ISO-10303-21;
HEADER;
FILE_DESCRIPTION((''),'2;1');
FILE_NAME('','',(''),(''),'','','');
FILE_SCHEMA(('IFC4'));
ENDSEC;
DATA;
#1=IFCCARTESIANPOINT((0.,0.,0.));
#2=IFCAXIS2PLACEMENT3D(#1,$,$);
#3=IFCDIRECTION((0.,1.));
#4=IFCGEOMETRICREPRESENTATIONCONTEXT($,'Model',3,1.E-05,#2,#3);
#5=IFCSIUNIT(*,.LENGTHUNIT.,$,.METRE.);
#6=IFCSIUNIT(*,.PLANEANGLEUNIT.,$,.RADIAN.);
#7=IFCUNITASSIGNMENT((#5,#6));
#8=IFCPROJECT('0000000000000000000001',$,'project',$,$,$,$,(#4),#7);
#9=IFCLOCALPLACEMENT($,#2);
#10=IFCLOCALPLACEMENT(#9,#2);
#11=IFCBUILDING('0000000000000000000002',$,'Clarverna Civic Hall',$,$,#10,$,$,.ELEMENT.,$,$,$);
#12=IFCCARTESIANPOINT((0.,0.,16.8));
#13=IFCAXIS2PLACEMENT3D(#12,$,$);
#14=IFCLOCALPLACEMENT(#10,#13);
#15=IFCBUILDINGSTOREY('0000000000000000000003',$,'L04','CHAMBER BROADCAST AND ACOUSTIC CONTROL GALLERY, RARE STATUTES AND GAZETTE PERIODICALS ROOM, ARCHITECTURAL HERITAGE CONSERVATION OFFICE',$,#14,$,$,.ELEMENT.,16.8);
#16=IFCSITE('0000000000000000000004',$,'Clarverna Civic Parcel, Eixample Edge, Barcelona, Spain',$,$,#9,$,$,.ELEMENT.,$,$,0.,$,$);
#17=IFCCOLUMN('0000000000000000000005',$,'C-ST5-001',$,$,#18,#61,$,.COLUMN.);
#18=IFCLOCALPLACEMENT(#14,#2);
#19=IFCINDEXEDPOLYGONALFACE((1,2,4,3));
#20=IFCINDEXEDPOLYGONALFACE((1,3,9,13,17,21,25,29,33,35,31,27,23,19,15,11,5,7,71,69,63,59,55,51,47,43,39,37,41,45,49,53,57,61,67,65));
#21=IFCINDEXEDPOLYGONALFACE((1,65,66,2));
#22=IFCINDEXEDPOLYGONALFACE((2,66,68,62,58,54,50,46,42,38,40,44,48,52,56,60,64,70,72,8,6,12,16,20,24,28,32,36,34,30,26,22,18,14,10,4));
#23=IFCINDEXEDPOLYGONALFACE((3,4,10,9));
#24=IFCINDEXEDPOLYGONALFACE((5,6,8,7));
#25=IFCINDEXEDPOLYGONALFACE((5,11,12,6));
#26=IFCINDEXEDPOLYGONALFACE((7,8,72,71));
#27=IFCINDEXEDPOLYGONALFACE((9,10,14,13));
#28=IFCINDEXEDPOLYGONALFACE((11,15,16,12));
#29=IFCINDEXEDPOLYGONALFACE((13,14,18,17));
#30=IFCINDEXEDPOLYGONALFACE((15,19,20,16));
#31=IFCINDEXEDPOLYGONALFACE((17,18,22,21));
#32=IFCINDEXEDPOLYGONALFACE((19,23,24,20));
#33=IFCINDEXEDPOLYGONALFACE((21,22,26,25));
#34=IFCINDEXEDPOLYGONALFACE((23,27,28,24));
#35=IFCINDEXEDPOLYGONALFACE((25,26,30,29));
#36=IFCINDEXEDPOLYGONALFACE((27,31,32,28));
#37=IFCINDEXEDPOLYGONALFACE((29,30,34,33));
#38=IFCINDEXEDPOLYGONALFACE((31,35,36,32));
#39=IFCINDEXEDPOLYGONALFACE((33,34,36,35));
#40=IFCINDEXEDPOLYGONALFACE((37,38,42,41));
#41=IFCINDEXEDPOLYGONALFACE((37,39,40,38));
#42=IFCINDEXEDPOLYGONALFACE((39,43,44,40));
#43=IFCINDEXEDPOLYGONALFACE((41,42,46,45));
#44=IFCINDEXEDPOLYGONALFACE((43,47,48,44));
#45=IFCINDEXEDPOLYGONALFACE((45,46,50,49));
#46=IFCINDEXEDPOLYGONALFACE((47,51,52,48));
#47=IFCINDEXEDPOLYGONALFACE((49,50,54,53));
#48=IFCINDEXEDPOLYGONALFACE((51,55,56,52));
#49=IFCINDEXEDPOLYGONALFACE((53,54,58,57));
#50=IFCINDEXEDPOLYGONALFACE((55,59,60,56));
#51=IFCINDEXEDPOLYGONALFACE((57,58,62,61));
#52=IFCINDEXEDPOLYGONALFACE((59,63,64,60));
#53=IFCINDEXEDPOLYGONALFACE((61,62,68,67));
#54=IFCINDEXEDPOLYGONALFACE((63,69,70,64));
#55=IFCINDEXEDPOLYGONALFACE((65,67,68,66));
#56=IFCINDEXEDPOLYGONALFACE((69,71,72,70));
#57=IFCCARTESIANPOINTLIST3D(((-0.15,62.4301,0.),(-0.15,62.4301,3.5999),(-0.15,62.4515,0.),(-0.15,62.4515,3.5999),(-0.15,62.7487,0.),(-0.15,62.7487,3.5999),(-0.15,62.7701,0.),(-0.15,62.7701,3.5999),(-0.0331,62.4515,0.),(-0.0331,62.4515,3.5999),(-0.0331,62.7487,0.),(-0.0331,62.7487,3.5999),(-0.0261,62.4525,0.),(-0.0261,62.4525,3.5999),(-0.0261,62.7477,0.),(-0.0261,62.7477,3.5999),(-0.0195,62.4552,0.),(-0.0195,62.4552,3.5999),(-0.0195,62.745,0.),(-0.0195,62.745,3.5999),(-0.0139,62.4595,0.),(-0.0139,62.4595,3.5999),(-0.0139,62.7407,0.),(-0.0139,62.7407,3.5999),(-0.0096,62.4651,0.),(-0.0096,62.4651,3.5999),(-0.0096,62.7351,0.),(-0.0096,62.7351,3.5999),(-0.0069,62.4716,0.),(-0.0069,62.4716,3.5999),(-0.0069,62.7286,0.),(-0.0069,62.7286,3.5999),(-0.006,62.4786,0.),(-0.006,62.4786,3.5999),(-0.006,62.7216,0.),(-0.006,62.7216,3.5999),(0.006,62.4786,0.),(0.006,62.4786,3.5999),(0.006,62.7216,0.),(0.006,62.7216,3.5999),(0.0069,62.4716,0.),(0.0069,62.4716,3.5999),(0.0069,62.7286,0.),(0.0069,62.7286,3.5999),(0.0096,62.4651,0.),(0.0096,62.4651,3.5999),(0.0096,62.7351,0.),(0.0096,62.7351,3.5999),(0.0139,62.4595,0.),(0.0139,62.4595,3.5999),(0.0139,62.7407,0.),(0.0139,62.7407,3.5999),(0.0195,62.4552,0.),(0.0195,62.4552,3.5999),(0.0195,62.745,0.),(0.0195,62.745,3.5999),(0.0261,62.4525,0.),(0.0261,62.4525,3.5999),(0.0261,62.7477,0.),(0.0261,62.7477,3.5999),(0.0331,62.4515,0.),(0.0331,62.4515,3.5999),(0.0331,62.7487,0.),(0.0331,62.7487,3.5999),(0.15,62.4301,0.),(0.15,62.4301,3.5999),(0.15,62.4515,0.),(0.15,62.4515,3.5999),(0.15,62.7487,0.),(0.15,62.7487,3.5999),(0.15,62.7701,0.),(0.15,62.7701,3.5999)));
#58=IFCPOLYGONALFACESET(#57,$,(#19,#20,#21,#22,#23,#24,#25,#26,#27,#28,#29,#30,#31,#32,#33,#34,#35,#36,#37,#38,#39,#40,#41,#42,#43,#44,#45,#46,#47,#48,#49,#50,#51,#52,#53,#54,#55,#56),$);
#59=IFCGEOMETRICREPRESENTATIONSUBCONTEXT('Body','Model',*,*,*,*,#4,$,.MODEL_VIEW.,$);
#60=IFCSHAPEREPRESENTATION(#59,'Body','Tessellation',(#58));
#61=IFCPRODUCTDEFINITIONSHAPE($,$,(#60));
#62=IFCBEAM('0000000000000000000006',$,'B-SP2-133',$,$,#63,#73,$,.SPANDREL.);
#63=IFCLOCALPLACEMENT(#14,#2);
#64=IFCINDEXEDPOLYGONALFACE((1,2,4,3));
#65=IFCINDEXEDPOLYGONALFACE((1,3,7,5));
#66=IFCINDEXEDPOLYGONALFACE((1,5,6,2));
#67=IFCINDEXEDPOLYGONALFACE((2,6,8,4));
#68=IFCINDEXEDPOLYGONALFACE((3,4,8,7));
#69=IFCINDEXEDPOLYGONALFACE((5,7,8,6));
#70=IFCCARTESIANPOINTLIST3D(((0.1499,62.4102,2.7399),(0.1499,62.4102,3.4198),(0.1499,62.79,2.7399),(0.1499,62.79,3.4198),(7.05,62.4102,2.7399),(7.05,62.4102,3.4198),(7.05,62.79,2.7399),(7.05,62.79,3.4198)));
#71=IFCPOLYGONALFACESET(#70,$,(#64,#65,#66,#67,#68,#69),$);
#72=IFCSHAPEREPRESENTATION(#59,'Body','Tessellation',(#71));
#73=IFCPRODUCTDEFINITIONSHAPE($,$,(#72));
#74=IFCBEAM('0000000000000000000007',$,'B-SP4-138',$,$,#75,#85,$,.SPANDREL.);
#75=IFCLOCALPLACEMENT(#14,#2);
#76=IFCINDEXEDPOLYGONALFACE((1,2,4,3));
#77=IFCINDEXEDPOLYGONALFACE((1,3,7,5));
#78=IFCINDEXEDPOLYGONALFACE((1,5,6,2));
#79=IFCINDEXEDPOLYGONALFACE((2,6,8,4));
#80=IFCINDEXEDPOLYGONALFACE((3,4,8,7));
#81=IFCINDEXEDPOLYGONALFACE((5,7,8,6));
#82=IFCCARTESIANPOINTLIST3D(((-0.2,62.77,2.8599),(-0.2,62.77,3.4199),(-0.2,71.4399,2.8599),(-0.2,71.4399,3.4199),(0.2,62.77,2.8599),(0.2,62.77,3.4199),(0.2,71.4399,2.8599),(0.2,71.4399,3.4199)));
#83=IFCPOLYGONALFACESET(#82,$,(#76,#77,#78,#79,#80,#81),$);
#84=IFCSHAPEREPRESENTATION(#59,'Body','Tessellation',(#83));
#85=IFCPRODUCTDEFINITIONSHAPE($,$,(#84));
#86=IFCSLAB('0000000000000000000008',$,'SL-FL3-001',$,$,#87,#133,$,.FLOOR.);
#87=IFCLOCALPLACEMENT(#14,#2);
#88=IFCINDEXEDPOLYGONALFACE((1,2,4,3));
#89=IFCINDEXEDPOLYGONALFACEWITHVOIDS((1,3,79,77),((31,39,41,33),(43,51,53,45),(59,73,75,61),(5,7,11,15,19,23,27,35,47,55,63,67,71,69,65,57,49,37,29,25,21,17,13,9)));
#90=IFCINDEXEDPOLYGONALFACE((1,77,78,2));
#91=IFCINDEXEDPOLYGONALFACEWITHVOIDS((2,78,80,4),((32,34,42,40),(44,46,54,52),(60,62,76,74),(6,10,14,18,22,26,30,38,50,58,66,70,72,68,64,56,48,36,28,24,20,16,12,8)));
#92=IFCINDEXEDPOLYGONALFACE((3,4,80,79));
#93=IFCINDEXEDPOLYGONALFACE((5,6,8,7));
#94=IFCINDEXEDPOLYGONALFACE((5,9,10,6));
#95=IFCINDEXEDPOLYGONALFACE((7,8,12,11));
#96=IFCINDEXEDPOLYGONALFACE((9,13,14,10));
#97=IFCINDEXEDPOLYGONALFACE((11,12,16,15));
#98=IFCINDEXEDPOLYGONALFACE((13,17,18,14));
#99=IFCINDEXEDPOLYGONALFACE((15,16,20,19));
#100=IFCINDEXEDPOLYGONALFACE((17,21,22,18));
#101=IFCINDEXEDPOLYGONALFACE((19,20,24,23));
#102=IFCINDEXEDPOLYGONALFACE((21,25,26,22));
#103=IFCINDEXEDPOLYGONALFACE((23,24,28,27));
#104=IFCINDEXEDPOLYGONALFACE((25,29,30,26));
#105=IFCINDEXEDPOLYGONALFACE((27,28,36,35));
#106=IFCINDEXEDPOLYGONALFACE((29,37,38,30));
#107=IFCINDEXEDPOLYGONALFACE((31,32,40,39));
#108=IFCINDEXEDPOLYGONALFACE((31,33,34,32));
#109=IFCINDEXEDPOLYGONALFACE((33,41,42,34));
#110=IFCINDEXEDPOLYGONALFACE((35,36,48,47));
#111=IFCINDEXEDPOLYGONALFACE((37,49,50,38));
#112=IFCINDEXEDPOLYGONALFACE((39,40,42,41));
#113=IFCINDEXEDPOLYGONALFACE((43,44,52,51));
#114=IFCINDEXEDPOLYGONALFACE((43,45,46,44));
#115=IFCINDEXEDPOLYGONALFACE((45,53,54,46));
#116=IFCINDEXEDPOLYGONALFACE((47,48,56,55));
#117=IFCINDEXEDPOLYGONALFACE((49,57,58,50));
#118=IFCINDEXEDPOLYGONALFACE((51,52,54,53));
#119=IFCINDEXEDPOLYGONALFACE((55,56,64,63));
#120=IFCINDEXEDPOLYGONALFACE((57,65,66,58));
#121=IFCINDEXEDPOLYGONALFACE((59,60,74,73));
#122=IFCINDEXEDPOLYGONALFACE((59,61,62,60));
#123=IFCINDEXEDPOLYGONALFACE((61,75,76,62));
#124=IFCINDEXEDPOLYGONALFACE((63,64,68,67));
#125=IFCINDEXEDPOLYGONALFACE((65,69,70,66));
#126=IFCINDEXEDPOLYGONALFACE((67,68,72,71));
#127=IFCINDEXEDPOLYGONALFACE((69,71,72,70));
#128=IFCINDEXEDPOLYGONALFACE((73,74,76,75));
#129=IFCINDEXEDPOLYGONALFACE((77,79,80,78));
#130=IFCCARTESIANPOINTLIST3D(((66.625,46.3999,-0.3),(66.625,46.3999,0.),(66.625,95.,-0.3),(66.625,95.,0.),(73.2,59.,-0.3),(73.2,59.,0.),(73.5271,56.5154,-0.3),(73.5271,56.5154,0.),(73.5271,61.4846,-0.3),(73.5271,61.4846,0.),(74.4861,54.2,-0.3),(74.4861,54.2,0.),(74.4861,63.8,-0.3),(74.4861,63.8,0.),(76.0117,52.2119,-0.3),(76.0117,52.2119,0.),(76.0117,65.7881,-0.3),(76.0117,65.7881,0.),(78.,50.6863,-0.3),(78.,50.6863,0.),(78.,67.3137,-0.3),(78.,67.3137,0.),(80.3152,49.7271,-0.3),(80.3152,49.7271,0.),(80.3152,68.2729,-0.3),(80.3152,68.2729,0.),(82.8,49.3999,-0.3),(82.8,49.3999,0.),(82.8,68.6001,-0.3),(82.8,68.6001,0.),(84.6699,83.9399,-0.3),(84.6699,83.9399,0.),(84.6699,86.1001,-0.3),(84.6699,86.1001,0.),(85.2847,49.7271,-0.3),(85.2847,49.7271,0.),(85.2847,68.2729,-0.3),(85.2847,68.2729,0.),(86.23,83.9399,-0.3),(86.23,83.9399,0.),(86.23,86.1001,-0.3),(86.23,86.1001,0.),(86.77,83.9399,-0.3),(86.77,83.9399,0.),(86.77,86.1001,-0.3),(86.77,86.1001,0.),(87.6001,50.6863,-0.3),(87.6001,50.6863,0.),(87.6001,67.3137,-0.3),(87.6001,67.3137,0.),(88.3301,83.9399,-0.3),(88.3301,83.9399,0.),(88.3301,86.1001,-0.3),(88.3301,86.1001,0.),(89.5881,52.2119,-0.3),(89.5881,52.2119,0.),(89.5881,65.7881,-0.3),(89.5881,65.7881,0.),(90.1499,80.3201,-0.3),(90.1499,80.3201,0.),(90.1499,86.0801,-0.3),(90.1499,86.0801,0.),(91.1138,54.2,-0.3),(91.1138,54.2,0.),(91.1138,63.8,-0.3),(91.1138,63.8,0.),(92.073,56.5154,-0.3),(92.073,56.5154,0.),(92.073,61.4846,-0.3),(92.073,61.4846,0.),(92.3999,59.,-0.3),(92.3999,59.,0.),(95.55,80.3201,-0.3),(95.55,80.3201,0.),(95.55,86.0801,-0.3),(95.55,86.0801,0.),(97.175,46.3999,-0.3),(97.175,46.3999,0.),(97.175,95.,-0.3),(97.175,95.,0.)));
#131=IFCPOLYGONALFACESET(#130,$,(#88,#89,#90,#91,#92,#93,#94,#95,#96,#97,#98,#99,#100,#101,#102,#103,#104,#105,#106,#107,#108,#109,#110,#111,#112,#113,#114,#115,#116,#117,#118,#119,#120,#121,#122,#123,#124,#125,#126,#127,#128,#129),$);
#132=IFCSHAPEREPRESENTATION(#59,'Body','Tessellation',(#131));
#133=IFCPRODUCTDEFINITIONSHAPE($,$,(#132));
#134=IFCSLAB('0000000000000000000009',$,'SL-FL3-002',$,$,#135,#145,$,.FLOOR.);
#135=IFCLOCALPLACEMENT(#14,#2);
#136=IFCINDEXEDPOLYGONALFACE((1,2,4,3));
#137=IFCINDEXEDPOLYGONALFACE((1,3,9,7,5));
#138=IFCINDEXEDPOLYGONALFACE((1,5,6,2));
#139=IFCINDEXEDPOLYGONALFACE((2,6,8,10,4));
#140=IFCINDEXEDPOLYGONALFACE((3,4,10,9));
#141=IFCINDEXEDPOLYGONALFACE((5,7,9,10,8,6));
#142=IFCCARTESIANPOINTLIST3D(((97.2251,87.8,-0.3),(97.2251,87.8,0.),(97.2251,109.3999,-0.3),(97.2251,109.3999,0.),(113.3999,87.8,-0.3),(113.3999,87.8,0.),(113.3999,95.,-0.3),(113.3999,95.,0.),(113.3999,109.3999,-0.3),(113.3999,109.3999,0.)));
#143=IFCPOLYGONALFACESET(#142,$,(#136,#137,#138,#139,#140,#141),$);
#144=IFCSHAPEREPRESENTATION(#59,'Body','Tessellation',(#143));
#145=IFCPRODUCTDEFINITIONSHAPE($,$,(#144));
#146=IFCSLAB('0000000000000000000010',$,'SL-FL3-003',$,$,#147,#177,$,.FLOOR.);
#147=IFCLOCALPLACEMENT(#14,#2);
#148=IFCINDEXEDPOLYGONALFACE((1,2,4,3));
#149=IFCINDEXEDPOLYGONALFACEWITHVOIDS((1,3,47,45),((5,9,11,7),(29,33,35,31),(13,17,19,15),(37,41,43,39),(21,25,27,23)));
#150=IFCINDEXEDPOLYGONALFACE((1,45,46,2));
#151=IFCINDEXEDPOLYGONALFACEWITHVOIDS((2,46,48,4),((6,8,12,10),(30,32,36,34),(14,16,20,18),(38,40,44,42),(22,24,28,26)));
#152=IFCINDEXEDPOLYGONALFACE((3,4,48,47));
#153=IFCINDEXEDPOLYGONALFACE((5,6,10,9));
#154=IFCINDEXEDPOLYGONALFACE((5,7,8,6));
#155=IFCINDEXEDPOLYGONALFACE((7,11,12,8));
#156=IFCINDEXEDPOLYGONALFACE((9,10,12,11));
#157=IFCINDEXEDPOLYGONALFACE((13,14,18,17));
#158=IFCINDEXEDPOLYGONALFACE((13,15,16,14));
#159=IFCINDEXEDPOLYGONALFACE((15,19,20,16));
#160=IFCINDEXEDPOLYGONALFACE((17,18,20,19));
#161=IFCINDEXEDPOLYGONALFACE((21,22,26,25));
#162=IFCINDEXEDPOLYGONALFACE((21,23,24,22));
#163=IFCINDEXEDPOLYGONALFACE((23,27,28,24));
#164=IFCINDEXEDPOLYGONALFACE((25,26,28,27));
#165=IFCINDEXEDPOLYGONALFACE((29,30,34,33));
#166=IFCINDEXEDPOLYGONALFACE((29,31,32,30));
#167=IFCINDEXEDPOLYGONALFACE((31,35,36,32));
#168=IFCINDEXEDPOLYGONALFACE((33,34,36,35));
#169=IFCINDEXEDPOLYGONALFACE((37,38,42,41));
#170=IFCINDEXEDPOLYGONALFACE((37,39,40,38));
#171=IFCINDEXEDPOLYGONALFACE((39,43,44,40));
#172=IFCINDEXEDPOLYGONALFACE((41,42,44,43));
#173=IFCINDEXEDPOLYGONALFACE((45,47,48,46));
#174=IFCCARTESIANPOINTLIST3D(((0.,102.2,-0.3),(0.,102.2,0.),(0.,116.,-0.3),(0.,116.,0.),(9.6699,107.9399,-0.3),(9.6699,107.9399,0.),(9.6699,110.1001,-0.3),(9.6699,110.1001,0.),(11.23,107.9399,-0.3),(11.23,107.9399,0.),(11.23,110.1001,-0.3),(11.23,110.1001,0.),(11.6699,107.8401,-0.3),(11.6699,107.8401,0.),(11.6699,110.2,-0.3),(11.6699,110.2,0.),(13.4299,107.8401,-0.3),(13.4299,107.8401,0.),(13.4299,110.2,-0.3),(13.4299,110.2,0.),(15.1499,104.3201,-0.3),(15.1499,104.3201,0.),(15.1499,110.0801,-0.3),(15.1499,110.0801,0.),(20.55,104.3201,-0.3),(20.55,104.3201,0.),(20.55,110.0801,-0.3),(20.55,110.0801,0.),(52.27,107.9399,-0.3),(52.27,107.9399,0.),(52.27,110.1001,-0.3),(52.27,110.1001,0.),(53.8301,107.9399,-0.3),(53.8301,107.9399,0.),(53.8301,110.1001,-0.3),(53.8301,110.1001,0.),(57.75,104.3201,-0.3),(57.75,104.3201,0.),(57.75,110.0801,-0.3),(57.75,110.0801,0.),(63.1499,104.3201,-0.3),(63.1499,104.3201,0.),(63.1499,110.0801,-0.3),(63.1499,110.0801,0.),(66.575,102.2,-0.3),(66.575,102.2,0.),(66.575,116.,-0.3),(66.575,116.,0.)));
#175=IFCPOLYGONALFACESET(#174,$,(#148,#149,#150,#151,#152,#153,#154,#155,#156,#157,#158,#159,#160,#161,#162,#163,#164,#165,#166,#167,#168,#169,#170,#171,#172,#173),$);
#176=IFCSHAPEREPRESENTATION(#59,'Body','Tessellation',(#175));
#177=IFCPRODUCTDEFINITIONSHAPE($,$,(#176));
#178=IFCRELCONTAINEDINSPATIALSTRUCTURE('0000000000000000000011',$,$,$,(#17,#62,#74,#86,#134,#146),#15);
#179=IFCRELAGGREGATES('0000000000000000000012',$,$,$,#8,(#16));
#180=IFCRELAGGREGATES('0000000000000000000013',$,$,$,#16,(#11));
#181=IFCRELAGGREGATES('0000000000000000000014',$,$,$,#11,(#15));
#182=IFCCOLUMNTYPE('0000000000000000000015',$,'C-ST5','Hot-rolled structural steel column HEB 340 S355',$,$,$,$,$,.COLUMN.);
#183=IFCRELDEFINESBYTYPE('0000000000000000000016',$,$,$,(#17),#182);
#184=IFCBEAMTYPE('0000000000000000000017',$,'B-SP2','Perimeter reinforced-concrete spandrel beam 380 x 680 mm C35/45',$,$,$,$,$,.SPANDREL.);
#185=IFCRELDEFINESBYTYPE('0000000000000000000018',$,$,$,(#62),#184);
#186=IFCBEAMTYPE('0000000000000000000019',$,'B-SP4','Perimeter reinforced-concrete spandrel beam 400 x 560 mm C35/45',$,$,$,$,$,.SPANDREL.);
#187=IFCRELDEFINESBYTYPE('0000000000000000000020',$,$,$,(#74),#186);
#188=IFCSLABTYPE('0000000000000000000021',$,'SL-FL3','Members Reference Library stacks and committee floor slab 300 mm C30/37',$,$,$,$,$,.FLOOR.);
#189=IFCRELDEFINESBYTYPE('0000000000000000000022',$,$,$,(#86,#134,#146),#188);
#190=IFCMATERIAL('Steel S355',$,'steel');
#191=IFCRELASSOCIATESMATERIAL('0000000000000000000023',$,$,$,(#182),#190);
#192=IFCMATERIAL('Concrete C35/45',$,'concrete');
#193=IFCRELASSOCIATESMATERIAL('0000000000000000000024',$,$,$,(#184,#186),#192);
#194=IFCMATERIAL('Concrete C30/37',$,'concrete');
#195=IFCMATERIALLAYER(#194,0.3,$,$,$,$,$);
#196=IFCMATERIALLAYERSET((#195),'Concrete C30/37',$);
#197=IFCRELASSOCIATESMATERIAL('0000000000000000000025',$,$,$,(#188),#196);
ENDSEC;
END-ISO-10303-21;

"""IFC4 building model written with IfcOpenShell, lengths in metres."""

from ifc_helpers import new_model, si_unit, direction, frame, origin, origin_2d, place, context, subcontext, project, spatial, polyline, rectangle, i_section, outline, extrude, material, layer, layer_set, material_profile, profile_set, type_object, element, save


model = new_model("IFC4")

# Units and contexts
model_context = context("Model", 3, precision=1e-05, world=origin(), true_north=direction((0.0, 1.0)))
body_context = subcontext(model_context, "Body", "Model", "MODEL_VIEW")
ifc_project = project(units=[si_unit("LENGTHUNIT", "METRE"), si_unit("PLANEANGLEUNIT", "RADIAN")], contexts=[model_context])

# Site, building, storey
site_placement = place(None, origin())
site = spatial("IfcSite", under=ifc_project, at=site_placement, Name="Clarverna Civic Parcel, Eixample Edge, Barcelona, Spain", CompositionType="ELEMENT", RefElevation=0.0)
building_placement = place(site_placement, origin())
building = spatial("IfcBuilding", under=site, at=building_placement, Name="Clarverna Civic Hall", CompositionType="ELEMENT")
storey_placement = place(building_placement, frame((0.0, 0.0, 16.8)))
storey = spatial("IfcBuildingStorey", under=building, at=storey_placement, Name="L04", Description="CHAMBER BROADCAST AND ACOUSTIC CONTROL GALLERY, RARE STATUTES AND GAZETTE PERIODICALS ROOM, ARCHITECTURAL HERITAGE CONSERVATION OFFICE", CompositionType="ELEMENT", Elevation=16.8)

# Column
ifc_material_1 = material(Name="Steel S355", Category="steel")
ifc_material_profile_1 = material_profile(ifc_material_1, i_section(OverallWidth=0.3, OverallDepth=0.3401, WebThickness=0.012, FlangeThickness=0.0215, FilletRadius=0.0271, at=origin_2d()), Name="HEB 340")
ifc_profile_set_1 = profile_set([ifc_material_profile_1], Name="Steel S355")
column_type = type_object("IfcColumnType", Name="C-ST5", Description="Hot-rolled structural steel column HEB 340 S355", PredefinedType="COLUMN", material=ifc_profile_set_1)
column_placement = place(storey_placement, frame((0.0, 62.6001, 0.0), z_axis=(0.0, 0.0, 1.0), x_axis=(1.0, 0.0, 0.0)))
element("IfcColumn", 1, at=column_placement, inside=storey, type_object=column_type, Name="C-ST5-001", PredefinedType="COLUMN", context=body_context, shape_type="SweptSolid", body=[
    extrude(i_section(OverallWidth=0.3, OverallDepth=0.3401, WebThickness=0.012, FlangeThickness=0.0215, FilletRadius=0.0271, at=origin_2d()), origin(), (0.0, 0.0, 1.0), 3.5999),
])

# Beams
ifc_material_2 = material(Name="Concrete C35/45", Category="concrete")
ifc_material_profile_2 = material_profile(ifc_material_2, rectangle(XDim=0.3799, YDim=0.6799, at=origin_2d()), Name="RC 380x680")
ifc_profile_set_2 = profile_set([ifc_material_profile_2], Name="Concrete C35/45")
beam_type_1 = type_object("IfcBeamType", Name="B-SP2", Description="Perimeter reinforced-concrete spandrel beam 380 x 680 mm C35/45", PredefinedType="SPANDREL", material=ifc_profile_set_2)
beam_1_placement = place(storey_placement, frame((0.1499, 62.6001, 3.0798), z_axis=(1.0, 0.0, 0.0), x_axis=(0.0, 1.0, 0.0)))
element("IfcBeam", 2, at=beam_1_placement, inside=storey, type_object=beam_type_1, Name="B-SP2-133", PredefinedType="SPANDREL", context=body_context, shape_type="SweptSolid", body=[
    extrude(rectangle(XDim=0.3799, YDim=0.6799, at=origin_2d()), origin(), (0.0, 0.0, 1.0), 6.9001),
])
ifc_material_profile_3 = material_profile(ifc_material_2, rectangle(XDim=0.3999, YDim=0.5601, at=origin_2d()), Name="RC 400x560")
ifc_profile_set_3 = profile_set([ifc_material_profile_3], Name="Concrete C35/45")
beam_type_2 = type_object("IfcBeamType", Name="B-SP4", Description="Perimeter reinforced-concrete spandrel beam 400 x 560 mm C35/45", PredefinedType="SPANDREL", material=ifc_profile_set_3)
beam_2_placement = place(storey_placement, frame((0.0, 62.77, 3.1399), z_axis=(0.0, 1.0, 0.0), x_axis=(-1.0, 0.0, 0.0)))
element("IfcBeam", 3, at=beam_2_placement, inside=storey, type_object=beam_type_2, Name="B-SP4-138", PredefinedType="SPANDREL", context=body_context, shape_type="SweptSolid", body=[
    extrude(rectangle(XDim=0.3999, YDim=0.5601, at=origin_2d()), origin(), (0.0, 0.0, 1.0), 8.6699),
])

# Slabs
ifc_material_3 = material(Name="Concrete C30/37", Category="concrete")
ifc_layer_1 = layer(ifc_material_3, 0.3)
ifc_layer_set_1 = layer_set([ifc_layer_1], Name="Concrete C30/37")
slab_type_1 = type_object("IfcSlabType", Name="SL-FL3", Description="Members Reference Library stacks and committee floor slab 300 mm C30/37", PredefinedType="FLOOR", material=ifc_layer_set_1)
slab_1_placement = place(storey_placement, frame((0.0, 0.0, -0.3)))
element("IfcSlab", 4, at=slab_1_placement, inside=storey, type_object=slab_type_1, Name="SL-FL3-001", PredefinedType="FLOOR", context=body_context, shape_type="SweptSolid", body=[
    extrude(outline(polyline([(97.175, 95.0), (66.625, 95.0), (66.625, 46.3999), (97.175, 46.3999), (97.175, 95.0)]), holes=[polyline([(92.3999, 59.0), (92.073, 61.4846), (91.1138, 63.8), (89.5881, 65.7881), (87.6001, 67.3137), (85.2847, 68.2729), (82.8, 68.6001), (80.3152, 68.2729), (78.0, 67.3137), (76.0117, 65.7881), (74.4861, 63.8), (73.5271, 61.4846), (73.2, 59.0), (73.5271, 56.5154), (74.4861, 54.2), (76.0117, 52.2119), (78.0, 50.6863), (80.3152, 49.7271), (82.8, 49.3999), (85.2847, 49.7271), (87.6001, 50.6863), (89.5881, 52.2119), (91.1138, 54.2), (92.073, 56.5154), (92.3999, 59.0)]), polyline([(90.1499, 80.3201), (95.55, 80.3201), (95.55, 86.0801), (90.1499, 86.0801), (90.1499, 80.3201)]), polyline([(84.6699, 83.9399), (86.23, 83.9399), (86.23, 86.1001), (84.6699, 86.1001), (84.6699, 83.9399)]), polyline([(86.77, 83.9399), (88.3301, 83.9399), (88.3301, 86.1001), (86.77, 86.1001), (86.77, 83.9399)])]), origin(), (0.0, 0.0, 1.0), 0.3),
])
slab_2_placement = place(storey_placement, frame((0.0, 0.0, -0.3)))
element("IfcSlab", 5, at=slab_2_placement, inside=storey, type_object=slab_type_1, Name="SL-FL3-002", PredefinedType="FLOOR", context=body_context, shape_type="SweptSolid", body=[
    extrude(outline(polyline([(113.3999, 109.3999), (97.2251, 109.3999), (97.2251, 87.8), (113.3999, 87.8), (113.3999, 95.0), (113.3999, 109.3999)])), origin(), (0.0, 0.0, 1.0), 0.3),
])
slab_3_placement = place(storey_placement, frame((0.0, 0.0, -0.3)))
element("IfcSlab", 6, at=slab_3_placement, inside=storey, type_object=slab_type_1, Name="SL-FL3-003", PredefinedType="FLOOR", context=body_context, shape_type="SweptSolid", body=[
    extrude(outline(polyline([(0.0, 102.2), (66.575, 102.2), (66.575, 116.0), (0.0, 116.0), (0.0, 102.2)]), holes=[polyline([(15.1499, 104.3201), (20.55, 104.3201), (20.55, 110.0801), (15.1499, 110.0801), (15.1499, 104.3201)]), polyline([(9.6699, 107.9399), (11.23, 107.9399), (11.23, 110.1001), (9.6699, 110.1001), (9.6699, 107.9399)]), polyline([(11.6699, 107.8401), (13.4299, 107.8401), (13.4299, 110.2), (11.6699, 110.2), (11.6699, 107.8401)]), polyline([(57.75, 104.3201), (63.1499, 104.3201), (63.1499, 110.0801), (57.75, 110.0801), (57.75, 104.3201)]), polyline([(52.27, 107.9399), (53.8301, 107.9399), (53.8301, 110.1001), (52.27, 110.1001), (52.27, 107.9399)])]), origin(), (0.0, 0.0, 1.0), 0.3),
])

save(model, "model.ifc")
